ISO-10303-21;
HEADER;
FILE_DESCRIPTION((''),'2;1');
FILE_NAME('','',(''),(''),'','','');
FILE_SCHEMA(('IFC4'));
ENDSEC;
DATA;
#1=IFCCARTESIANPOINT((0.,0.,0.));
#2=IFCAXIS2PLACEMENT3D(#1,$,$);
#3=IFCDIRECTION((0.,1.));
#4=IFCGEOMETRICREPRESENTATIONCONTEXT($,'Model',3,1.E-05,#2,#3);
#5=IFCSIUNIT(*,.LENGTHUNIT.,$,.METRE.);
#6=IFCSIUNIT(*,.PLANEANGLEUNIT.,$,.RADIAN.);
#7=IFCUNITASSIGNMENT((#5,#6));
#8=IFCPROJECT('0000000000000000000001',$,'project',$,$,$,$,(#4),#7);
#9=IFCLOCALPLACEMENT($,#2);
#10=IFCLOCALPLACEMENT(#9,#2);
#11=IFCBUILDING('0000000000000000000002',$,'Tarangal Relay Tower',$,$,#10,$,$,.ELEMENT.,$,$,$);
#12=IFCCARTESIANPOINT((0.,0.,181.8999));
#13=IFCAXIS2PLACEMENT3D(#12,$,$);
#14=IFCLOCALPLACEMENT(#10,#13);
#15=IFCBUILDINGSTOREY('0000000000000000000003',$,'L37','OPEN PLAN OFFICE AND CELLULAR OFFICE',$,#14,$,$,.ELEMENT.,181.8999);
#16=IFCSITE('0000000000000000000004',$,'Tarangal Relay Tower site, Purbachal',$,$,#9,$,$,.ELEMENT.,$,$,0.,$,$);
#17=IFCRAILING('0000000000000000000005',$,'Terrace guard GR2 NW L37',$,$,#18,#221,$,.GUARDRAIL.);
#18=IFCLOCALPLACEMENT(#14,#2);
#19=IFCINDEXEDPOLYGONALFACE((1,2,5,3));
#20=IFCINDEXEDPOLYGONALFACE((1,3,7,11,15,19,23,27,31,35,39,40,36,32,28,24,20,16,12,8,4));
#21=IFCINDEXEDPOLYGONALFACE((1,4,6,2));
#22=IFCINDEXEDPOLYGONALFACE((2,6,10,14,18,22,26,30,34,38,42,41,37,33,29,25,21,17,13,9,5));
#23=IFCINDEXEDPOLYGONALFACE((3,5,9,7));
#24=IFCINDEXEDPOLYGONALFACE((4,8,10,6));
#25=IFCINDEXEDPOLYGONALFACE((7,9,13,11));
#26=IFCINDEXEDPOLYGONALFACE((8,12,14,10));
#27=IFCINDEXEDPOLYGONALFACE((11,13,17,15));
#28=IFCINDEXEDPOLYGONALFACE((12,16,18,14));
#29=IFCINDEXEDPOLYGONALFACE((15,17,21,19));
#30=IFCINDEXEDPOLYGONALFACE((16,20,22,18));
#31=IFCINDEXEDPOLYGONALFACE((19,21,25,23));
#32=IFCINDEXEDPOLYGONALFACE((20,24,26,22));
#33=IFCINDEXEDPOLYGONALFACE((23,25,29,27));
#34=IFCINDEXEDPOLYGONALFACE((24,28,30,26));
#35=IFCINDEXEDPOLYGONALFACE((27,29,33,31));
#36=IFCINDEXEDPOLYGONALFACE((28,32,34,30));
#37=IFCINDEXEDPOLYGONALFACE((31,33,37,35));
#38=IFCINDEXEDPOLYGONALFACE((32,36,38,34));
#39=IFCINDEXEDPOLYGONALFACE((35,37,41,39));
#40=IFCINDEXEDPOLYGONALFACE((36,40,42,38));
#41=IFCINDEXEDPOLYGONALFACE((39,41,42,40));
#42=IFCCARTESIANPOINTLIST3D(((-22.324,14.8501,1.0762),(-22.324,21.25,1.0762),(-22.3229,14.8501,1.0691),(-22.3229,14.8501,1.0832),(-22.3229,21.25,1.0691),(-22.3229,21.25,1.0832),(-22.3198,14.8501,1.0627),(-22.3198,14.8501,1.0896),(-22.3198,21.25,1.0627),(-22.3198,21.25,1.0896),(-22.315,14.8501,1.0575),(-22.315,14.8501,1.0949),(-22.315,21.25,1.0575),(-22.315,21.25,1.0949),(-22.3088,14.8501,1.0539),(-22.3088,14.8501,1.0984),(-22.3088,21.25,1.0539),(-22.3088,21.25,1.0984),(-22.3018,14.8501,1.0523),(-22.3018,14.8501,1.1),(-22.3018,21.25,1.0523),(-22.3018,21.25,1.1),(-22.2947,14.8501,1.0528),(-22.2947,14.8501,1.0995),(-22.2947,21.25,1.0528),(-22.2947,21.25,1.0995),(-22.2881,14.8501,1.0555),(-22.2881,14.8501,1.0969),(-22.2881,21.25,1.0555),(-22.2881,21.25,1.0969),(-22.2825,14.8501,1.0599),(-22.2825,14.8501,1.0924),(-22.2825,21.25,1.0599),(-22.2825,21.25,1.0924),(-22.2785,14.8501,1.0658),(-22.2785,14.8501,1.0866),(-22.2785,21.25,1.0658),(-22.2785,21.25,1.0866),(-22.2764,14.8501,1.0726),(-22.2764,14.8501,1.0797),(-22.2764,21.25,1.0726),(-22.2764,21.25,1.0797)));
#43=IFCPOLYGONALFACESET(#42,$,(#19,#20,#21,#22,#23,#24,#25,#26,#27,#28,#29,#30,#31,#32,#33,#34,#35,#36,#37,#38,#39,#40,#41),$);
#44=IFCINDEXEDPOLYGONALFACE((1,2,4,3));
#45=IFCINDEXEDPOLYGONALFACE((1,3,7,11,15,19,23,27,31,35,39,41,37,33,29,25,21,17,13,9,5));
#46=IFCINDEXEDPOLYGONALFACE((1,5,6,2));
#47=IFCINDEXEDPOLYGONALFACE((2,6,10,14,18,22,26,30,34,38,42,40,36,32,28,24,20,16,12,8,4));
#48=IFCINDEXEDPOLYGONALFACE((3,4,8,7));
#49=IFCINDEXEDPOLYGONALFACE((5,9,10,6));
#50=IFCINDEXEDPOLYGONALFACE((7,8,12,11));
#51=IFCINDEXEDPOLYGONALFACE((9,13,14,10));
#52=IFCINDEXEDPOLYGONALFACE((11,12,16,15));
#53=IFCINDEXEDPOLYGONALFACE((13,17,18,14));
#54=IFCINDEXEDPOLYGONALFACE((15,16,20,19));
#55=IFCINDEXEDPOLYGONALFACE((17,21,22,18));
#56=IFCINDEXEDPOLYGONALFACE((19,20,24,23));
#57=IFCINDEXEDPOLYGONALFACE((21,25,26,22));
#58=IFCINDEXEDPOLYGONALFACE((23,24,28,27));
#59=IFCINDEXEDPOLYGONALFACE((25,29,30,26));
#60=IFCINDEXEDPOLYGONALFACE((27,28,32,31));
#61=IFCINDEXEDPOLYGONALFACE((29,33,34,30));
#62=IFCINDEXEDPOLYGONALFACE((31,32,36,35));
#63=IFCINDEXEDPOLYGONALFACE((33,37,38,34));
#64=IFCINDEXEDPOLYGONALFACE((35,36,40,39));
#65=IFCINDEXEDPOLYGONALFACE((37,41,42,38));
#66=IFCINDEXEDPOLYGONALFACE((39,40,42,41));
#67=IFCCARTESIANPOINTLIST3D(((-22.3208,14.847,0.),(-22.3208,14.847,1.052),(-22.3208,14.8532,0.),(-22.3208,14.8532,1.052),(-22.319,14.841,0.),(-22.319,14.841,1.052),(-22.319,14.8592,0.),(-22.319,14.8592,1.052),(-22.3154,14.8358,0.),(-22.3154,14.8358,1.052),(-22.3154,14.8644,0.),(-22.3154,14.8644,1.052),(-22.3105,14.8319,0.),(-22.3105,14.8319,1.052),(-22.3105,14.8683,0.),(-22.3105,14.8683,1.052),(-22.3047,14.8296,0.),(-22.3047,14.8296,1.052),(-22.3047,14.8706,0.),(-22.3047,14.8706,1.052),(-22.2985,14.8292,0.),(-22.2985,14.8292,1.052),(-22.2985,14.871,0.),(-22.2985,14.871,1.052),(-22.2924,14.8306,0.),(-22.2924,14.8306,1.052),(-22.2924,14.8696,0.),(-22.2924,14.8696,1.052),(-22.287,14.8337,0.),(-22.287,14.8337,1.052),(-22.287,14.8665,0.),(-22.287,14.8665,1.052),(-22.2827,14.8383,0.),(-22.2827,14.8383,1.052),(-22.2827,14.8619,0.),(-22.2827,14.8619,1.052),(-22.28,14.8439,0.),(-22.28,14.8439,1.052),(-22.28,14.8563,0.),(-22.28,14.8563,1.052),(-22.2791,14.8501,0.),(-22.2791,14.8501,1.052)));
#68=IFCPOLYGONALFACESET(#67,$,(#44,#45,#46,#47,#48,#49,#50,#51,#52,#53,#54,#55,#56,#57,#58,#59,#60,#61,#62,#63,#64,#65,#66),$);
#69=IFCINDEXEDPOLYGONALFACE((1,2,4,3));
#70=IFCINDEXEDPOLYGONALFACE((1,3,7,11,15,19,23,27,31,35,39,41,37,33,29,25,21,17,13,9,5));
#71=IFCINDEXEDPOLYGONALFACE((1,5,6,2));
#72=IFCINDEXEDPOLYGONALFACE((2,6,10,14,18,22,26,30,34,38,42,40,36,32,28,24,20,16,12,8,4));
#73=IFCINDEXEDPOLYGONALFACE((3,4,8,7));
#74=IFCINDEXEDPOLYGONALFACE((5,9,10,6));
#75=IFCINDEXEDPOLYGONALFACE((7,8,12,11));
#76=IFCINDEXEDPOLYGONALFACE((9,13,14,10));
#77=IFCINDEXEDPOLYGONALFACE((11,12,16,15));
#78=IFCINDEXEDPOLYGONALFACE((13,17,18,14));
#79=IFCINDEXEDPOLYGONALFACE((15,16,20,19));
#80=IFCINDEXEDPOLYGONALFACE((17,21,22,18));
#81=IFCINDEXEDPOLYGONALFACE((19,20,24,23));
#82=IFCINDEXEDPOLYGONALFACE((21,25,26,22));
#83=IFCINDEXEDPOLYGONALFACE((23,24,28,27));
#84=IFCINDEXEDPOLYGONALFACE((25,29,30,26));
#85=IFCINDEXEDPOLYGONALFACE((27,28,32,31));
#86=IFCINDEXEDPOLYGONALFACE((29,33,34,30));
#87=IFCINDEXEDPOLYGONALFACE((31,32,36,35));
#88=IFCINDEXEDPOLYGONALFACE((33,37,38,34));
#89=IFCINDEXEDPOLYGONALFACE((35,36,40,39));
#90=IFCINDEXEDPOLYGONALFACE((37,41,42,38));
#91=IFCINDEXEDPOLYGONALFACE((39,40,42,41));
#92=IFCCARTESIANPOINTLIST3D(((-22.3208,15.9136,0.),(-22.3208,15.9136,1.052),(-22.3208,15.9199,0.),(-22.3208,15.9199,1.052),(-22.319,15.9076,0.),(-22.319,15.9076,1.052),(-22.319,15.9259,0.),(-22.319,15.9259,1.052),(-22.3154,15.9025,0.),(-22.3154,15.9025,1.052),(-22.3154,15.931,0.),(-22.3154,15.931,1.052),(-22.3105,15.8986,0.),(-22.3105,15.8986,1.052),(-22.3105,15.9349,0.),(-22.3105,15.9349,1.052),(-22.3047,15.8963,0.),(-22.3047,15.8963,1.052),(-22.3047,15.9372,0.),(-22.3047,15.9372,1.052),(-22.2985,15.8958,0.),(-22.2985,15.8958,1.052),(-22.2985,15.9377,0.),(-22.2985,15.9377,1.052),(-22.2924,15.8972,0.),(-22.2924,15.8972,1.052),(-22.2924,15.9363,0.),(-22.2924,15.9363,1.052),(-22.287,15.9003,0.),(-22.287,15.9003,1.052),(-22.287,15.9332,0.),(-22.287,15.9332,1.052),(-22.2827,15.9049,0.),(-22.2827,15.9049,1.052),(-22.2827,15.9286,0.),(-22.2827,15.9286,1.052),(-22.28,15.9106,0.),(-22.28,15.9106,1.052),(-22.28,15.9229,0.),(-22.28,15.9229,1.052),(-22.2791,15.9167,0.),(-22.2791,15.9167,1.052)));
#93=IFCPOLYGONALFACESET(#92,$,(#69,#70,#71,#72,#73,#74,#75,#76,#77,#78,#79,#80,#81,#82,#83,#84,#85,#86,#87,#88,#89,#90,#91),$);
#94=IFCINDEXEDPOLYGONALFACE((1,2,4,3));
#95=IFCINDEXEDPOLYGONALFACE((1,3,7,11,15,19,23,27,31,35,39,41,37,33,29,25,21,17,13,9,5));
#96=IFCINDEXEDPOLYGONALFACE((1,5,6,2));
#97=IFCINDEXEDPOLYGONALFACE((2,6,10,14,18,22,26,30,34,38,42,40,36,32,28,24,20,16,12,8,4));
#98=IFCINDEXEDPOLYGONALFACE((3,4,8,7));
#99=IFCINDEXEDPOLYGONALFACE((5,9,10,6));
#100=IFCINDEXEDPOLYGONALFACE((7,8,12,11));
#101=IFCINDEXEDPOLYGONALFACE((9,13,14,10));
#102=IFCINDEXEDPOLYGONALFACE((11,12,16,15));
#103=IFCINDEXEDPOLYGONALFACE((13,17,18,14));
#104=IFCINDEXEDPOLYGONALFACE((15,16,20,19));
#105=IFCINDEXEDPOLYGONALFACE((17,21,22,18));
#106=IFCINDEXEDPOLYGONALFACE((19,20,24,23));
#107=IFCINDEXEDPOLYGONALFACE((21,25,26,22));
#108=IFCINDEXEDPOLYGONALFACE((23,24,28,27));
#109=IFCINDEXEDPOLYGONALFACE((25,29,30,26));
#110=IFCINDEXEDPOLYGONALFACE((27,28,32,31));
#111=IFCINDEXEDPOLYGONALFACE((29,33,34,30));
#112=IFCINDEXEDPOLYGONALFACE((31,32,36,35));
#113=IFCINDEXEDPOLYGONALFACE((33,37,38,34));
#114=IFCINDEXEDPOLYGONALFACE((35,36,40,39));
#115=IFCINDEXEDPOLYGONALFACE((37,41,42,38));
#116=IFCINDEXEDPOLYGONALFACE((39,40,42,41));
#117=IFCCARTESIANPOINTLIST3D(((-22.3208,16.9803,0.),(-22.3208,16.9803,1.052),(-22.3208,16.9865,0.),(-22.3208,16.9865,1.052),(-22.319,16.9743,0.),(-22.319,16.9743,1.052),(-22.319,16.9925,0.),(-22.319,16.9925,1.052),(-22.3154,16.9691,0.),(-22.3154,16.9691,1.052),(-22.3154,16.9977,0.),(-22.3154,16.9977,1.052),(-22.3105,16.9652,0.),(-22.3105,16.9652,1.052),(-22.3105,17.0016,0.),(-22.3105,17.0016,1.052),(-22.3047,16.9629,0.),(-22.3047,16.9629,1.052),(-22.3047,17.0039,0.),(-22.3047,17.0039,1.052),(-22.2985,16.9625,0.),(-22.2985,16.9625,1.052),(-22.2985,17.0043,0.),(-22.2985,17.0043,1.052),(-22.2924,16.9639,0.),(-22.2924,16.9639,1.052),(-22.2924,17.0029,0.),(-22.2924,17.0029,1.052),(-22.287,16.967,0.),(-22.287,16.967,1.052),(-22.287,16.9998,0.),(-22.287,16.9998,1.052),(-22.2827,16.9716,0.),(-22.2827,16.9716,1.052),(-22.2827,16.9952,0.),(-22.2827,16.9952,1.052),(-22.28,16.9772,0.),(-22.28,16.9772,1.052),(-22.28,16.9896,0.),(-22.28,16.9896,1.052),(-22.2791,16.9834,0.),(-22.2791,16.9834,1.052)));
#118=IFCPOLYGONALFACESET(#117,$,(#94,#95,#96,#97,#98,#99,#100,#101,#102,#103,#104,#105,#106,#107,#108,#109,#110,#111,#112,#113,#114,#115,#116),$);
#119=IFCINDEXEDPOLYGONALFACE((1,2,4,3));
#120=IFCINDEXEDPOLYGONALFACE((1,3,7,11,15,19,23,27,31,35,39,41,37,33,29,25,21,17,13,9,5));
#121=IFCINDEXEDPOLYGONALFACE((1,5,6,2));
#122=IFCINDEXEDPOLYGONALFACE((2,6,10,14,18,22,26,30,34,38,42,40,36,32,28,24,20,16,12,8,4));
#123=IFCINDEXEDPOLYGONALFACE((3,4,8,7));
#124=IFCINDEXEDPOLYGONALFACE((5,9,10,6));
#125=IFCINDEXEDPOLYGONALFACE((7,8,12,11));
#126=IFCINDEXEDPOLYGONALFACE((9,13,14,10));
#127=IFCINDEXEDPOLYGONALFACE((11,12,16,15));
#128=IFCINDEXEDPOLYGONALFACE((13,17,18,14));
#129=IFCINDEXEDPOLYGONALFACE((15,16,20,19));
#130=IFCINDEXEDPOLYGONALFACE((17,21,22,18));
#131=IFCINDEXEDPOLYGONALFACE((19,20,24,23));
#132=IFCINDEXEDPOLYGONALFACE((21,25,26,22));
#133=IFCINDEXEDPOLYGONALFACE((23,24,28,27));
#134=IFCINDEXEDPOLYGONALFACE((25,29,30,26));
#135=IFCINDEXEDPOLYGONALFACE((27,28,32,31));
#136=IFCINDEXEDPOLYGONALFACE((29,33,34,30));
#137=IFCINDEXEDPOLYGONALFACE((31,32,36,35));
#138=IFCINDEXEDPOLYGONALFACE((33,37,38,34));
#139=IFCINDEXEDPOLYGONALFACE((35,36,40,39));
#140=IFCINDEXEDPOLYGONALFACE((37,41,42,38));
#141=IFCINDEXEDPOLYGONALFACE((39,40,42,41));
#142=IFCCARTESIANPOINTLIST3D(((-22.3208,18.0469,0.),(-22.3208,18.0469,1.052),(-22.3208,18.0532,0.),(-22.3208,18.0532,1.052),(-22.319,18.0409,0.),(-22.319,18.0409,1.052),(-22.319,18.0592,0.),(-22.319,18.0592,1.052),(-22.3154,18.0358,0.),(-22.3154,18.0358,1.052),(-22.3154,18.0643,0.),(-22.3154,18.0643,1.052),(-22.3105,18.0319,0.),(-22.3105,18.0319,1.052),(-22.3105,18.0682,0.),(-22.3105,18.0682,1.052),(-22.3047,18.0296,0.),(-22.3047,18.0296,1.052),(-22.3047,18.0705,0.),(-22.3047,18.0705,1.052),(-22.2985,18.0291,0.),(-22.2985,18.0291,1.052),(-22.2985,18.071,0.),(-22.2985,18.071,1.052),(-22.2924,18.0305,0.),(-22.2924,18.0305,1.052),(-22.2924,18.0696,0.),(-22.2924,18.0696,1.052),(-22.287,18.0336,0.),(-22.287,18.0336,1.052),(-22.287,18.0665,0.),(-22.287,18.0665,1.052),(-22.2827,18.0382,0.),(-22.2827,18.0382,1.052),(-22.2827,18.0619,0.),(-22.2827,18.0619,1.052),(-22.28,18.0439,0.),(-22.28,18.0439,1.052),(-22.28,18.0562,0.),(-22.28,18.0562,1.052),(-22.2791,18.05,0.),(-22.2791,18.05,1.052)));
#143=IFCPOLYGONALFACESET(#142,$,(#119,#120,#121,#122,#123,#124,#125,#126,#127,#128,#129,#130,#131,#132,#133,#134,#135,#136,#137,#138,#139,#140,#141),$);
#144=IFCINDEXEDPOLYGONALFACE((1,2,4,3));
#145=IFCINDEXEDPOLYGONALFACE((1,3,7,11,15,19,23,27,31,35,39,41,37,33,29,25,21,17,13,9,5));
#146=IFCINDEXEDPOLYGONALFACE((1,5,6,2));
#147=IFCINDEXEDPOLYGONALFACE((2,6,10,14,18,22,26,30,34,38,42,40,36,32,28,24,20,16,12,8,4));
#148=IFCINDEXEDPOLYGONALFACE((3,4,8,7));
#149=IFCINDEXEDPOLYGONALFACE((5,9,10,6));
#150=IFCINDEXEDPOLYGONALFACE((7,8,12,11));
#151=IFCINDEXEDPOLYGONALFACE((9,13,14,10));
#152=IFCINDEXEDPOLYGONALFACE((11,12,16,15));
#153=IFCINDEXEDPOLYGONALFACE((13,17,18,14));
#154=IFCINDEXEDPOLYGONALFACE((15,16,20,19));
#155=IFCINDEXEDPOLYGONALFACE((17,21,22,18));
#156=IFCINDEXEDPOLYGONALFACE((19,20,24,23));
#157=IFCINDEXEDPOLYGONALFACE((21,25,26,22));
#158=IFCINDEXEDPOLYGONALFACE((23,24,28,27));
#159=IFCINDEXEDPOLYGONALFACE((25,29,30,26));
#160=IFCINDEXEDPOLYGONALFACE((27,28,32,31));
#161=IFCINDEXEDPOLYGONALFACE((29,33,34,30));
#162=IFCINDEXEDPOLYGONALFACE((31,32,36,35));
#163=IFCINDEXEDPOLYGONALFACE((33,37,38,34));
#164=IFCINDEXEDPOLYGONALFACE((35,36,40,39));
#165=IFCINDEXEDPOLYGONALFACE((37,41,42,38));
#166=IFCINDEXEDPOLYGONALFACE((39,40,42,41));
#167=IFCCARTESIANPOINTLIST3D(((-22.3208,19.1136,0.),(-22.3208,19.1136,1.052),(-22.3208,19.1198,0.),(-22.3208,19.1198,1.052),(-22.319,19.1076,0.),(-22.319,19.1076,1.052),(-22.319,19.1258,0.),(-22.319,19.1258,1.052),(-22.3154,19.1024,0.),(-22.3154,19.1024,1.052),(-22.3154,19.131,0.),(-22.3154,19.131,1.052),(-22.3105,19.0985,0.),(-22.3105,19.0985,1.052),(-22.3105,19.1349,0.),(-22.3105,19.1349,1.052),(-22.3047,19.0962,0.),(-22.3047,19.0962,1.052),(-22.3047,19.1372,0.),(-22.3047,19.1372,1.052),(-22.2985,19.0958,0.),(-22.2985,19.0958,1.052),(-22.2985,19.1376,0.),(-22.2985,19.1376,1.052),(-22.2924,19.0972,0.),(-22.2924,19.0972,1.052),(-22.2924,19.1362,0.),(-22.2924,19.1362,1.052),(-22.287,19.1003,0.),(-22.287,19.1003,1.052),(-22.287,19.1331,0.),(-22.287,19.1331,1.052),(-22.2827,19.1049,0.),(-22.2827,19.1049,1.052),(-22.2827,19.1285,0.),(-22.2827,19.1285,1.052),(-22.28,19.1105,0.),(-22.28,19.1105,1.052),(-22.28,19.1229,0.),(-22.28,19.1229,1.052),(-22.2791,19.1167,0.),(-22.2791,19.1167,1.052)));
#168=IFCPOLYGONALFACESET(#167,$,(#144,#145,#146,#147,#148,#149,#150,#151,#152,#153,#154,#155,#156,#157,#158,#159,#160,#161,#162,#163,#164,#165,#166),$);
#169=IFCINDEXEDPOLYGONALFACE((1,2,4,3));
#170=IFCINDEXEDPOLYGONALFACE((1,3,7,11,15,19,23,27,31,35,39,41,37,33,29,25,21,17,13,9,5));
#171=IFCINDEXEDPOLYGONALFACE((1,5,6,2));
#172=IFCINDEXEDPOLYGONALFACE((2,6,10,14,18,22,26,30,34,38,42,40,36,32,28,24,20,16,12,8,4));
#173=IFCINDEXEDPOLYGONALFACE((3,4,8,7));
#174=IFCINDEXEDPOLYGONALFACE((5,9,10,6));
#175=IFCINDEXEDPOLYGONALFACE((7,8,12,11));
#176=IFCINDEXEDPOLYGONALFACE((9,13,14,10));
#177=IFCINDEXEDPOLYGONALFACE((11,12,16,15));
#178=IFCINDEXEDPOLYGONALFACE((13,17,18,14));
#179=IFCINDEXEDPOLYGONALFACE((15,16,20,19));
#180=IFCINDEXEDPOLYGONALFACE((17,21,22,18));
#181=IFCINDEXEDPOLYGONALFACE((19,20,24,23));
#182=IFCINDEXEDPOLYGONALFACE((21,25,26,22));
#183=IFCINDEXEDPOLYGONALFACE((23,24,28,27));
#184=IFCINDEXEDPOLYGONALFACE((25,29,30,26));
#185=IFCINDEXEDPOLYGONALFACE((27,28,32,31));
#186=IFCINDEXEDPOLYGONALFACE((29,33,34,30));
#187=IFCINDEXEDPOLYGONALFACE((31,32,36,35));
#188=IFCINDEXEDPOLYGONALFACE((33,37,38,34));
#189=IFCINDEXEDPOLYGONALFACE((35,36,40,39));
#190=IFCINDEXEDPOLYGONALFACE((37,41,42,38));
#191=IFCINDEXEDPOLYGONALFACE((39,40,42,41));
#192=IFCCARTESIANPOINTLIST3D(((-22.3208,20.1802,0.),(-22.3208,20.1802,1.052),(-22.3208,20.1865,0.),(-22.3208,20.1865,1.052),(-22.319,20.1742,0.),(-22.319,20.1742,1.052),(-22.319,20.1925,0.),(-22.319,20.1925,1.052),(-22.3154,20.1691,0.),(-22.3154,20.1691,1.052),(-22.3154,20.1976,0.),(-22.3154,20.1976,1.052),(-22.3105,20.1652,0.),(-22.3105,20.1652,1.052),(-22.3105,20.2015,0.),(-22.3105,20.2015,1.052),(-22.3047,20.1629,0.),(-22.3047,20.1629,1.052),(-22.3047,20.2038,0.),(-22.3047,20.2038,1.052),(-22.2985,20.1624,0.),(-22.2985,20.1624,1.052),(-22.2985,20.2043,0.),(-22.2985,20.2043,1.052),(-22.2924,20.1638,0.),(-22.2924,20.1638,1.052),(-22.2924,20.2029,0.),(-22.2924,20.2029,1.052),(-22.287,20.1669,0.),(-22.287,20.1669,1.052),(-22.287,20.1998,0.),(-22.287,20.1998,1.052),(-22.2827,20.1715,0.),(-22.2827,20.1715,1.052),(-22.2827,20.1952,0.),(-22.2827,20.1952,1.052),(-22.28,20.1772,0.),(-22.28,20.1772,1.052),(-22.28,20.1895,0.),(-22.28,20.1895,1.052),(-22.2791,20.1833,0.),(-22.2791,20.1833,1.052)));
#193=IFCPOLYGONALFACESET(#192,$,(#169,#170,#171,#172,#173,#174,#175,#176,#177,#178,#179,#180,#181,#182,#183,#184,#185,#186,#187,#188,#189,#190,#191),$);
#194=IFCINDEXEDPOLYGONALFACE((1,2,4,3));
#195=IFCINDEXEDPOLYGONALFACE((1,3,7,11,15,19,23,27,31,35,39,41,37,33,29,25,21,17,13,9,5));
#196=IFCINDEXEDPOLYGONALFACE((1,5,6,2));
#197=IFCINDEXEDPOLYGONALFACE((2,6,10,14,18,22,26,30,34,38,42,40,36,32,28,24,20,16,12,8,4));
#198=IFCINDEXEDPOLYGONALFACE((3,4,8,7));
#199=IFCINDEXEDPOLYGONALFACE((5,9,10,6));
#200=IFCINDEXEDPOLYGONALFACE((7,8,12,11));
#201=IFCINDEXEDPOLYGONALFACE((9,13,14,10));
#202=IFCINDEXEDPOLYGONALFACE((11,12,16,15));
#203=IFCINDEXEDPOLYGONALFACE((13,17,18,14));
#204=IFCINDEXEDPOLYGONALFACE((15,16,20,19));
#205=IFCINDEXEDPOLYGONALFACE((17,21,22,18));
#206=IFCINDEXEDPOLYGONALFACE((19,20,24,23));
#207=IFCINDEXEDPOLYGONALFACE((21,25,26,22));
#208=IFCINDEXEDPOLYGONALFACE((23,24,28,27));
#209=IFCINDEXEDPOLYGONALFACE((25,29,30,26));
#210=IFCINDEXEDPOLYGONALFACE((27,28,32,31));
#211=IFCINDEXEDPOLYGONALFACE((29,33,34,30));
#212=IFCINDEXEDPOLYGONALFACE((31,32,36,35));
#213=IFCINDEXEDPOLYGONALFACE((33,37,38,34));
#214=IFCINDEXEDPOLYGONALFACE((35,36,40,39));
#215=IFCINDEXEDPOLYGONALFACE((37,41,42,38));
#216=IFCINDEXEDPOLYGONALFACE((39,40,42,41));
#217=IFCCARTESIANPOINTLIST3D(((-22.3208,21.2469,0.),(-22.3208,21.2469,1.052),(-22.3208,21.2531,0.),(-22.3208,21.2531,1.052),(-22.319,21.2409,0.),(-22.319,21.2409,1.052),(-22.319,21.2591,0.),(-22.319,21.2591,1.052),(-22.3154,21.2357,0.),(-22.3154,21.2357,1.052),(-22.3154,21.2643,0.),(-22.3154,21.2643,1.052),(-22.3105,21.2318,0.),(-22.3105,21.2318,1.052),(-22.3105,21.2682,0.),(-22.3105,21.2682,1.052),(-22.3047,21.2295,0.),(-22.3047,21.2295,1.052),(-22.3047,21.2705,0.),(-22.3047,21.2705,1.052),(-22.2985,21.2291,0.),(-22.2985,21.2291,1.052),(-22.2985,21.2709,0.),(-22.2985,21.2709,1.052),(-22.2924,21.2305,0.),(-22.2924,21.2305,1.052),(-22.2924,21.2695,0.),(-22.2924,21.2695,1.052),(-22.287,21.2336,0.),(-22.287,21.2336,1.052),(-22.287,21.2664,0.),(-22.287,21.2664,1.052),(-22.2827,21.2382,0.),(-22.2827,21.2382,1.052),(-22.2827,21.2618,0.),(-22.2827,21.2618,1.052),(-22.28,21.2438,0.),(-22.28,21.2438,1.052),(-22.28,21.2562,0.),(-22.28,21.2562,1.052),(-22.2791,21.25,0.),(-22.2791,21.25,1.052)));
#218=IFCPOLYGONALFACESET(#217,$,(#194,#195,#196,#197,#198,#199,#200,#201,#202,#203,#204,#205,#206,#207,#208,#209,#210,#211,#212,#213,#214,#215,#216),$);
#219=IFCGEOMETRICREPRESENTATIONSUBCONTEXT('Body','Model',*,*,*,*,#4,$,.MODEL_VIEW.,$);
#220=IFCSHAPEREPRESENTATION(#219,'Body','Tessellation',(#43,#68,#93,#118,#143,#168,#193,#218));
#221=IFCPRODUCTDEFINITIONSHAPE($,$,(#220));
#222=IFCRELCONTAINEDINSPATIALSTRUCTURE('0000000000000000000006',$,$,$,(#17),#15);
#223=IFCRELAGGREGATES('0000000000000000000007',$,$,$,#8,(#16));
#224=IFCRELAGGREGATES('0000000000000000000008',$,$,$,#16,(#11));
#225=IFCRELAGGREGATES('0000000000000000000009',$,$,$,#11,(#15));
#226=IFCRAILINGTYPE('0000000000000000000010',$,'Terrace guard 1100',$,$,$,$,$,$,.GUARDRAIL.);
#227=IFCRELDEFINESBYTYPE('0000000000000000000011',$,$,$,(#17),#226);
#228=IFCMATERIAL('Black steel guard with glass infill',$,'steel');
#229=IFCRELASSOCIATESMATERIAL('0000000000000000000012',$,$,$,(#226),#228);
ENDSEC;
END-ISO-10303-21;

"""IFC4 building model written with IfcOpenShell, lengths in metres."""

from ifc_helpers import new_model, si_unit, direction, frame, origin, origin_2d, place, context, subcontext, project, spatial, circle, extrude, material, type_object, element, save


model = new_model("IFC4")

# Units and contexts
model_context = context("Model", 3, precision=1e-05, world=origin(), true_north=direction((0.0, 1.0)))
body_context = subcontext(model_context, "Body", "Model", "MODEL_VIEW")
ifc_project = project(units=[si_unit("LENGTHUNIT", "METRE"), si_unit("PLANEANGLEUNIT", "RADIAN")], contexts=[model_context])

# Site, building, storey
site_placement = place(None, origin())
site = spatial("IfcSite", under=ifc_project, at=site_placement, Name="Tarangal Relay Tower site, Purbachal", CompositionType="ELEMENT", RefElevation=0.0)
building_placement = place(site_placement, origin())
building = spatial("IfcBuilding", under=site, at=building_placement, Name="Tarangal Relay Tower", CompositionType="ELEMENT")
storey_placement = place(building_placement, frame((0.0, 0.0, 181.8999)))
storey = spatial("IfcBuildingStorey", under=building, at=storey_placement, Name="L37", Description="OPEN PLAN OFFICE AND CELLULAR OFFICE", CompositionType="ELEMENT", Elevation=181.8999)

# Railing
ifc_material_1 = material(Name="Black steel guard with glass infill", Category="steel")
railing_type = type_object("IfcRailingType", Name="Terrace guard 1100", PredefinedType="GUARDRAIL", material=ifc_material_1)
railing_1_placement = place(storey_placement, frame((-22.3, 14.8501, 0.0)))
element("IfcRailing", 1, at=railing_1_placement, inside=storey, type_object=railing_type, Name="Terrace guard GR2 NW L37", PredefinedType="GUARDRAIL", context=body_context, shape_type="SweptSolid", body=[
    extrude(circle(Radius=0.0239, at=origin_2d()), frame((0.0, 0.0, 1.0762), z_axis=(0.0, 1.0, 0.0), x_axis=(-1.0, 0.0, 0.0)), (0.0, 0.0, 1.0), 6.3999),
    extrude(circle(Radius=0.021, at=origin_2d()), origin(), (0.0, 0.0, 1.0), 1.052),
    extrude(circle(Radius=0.021, at=origin_2d()), frame((0.0, 1.0667, 0.0)), (0.0, 0.0, 1.0), 1.052),
    extrude(circle(Radius=0.021, at=origin_2d()), frame((0.0, 2.1333, 0.0)), (0.0, 0.0, 1.0), 1.052),
    extrude(circle(Radius=0.021, at=origin_2d()), frame((0.0, 3.2, 0.0)), (0.0, 0.0, 1.0), 1.052),
    extrude(circle(Radius=0.021, at=origin_2d()), frame((0.0, 4.2666, 0.0)), (0.0, 0.0, 1.0), 1.052),
    extrude(circle(Radius=0.021, at=origin_2d()), frame((0.0, 5.3333, 0.0)), (0.0, 0.0, 1.0), 1.052),
    extrude(circle(Radius=0.021, at=origin_2d()), frame((0.0, 6.3999, 0.0)), (0.0, 0.0, 1.0), 1.052),
])

save(model, "model.ifc")
